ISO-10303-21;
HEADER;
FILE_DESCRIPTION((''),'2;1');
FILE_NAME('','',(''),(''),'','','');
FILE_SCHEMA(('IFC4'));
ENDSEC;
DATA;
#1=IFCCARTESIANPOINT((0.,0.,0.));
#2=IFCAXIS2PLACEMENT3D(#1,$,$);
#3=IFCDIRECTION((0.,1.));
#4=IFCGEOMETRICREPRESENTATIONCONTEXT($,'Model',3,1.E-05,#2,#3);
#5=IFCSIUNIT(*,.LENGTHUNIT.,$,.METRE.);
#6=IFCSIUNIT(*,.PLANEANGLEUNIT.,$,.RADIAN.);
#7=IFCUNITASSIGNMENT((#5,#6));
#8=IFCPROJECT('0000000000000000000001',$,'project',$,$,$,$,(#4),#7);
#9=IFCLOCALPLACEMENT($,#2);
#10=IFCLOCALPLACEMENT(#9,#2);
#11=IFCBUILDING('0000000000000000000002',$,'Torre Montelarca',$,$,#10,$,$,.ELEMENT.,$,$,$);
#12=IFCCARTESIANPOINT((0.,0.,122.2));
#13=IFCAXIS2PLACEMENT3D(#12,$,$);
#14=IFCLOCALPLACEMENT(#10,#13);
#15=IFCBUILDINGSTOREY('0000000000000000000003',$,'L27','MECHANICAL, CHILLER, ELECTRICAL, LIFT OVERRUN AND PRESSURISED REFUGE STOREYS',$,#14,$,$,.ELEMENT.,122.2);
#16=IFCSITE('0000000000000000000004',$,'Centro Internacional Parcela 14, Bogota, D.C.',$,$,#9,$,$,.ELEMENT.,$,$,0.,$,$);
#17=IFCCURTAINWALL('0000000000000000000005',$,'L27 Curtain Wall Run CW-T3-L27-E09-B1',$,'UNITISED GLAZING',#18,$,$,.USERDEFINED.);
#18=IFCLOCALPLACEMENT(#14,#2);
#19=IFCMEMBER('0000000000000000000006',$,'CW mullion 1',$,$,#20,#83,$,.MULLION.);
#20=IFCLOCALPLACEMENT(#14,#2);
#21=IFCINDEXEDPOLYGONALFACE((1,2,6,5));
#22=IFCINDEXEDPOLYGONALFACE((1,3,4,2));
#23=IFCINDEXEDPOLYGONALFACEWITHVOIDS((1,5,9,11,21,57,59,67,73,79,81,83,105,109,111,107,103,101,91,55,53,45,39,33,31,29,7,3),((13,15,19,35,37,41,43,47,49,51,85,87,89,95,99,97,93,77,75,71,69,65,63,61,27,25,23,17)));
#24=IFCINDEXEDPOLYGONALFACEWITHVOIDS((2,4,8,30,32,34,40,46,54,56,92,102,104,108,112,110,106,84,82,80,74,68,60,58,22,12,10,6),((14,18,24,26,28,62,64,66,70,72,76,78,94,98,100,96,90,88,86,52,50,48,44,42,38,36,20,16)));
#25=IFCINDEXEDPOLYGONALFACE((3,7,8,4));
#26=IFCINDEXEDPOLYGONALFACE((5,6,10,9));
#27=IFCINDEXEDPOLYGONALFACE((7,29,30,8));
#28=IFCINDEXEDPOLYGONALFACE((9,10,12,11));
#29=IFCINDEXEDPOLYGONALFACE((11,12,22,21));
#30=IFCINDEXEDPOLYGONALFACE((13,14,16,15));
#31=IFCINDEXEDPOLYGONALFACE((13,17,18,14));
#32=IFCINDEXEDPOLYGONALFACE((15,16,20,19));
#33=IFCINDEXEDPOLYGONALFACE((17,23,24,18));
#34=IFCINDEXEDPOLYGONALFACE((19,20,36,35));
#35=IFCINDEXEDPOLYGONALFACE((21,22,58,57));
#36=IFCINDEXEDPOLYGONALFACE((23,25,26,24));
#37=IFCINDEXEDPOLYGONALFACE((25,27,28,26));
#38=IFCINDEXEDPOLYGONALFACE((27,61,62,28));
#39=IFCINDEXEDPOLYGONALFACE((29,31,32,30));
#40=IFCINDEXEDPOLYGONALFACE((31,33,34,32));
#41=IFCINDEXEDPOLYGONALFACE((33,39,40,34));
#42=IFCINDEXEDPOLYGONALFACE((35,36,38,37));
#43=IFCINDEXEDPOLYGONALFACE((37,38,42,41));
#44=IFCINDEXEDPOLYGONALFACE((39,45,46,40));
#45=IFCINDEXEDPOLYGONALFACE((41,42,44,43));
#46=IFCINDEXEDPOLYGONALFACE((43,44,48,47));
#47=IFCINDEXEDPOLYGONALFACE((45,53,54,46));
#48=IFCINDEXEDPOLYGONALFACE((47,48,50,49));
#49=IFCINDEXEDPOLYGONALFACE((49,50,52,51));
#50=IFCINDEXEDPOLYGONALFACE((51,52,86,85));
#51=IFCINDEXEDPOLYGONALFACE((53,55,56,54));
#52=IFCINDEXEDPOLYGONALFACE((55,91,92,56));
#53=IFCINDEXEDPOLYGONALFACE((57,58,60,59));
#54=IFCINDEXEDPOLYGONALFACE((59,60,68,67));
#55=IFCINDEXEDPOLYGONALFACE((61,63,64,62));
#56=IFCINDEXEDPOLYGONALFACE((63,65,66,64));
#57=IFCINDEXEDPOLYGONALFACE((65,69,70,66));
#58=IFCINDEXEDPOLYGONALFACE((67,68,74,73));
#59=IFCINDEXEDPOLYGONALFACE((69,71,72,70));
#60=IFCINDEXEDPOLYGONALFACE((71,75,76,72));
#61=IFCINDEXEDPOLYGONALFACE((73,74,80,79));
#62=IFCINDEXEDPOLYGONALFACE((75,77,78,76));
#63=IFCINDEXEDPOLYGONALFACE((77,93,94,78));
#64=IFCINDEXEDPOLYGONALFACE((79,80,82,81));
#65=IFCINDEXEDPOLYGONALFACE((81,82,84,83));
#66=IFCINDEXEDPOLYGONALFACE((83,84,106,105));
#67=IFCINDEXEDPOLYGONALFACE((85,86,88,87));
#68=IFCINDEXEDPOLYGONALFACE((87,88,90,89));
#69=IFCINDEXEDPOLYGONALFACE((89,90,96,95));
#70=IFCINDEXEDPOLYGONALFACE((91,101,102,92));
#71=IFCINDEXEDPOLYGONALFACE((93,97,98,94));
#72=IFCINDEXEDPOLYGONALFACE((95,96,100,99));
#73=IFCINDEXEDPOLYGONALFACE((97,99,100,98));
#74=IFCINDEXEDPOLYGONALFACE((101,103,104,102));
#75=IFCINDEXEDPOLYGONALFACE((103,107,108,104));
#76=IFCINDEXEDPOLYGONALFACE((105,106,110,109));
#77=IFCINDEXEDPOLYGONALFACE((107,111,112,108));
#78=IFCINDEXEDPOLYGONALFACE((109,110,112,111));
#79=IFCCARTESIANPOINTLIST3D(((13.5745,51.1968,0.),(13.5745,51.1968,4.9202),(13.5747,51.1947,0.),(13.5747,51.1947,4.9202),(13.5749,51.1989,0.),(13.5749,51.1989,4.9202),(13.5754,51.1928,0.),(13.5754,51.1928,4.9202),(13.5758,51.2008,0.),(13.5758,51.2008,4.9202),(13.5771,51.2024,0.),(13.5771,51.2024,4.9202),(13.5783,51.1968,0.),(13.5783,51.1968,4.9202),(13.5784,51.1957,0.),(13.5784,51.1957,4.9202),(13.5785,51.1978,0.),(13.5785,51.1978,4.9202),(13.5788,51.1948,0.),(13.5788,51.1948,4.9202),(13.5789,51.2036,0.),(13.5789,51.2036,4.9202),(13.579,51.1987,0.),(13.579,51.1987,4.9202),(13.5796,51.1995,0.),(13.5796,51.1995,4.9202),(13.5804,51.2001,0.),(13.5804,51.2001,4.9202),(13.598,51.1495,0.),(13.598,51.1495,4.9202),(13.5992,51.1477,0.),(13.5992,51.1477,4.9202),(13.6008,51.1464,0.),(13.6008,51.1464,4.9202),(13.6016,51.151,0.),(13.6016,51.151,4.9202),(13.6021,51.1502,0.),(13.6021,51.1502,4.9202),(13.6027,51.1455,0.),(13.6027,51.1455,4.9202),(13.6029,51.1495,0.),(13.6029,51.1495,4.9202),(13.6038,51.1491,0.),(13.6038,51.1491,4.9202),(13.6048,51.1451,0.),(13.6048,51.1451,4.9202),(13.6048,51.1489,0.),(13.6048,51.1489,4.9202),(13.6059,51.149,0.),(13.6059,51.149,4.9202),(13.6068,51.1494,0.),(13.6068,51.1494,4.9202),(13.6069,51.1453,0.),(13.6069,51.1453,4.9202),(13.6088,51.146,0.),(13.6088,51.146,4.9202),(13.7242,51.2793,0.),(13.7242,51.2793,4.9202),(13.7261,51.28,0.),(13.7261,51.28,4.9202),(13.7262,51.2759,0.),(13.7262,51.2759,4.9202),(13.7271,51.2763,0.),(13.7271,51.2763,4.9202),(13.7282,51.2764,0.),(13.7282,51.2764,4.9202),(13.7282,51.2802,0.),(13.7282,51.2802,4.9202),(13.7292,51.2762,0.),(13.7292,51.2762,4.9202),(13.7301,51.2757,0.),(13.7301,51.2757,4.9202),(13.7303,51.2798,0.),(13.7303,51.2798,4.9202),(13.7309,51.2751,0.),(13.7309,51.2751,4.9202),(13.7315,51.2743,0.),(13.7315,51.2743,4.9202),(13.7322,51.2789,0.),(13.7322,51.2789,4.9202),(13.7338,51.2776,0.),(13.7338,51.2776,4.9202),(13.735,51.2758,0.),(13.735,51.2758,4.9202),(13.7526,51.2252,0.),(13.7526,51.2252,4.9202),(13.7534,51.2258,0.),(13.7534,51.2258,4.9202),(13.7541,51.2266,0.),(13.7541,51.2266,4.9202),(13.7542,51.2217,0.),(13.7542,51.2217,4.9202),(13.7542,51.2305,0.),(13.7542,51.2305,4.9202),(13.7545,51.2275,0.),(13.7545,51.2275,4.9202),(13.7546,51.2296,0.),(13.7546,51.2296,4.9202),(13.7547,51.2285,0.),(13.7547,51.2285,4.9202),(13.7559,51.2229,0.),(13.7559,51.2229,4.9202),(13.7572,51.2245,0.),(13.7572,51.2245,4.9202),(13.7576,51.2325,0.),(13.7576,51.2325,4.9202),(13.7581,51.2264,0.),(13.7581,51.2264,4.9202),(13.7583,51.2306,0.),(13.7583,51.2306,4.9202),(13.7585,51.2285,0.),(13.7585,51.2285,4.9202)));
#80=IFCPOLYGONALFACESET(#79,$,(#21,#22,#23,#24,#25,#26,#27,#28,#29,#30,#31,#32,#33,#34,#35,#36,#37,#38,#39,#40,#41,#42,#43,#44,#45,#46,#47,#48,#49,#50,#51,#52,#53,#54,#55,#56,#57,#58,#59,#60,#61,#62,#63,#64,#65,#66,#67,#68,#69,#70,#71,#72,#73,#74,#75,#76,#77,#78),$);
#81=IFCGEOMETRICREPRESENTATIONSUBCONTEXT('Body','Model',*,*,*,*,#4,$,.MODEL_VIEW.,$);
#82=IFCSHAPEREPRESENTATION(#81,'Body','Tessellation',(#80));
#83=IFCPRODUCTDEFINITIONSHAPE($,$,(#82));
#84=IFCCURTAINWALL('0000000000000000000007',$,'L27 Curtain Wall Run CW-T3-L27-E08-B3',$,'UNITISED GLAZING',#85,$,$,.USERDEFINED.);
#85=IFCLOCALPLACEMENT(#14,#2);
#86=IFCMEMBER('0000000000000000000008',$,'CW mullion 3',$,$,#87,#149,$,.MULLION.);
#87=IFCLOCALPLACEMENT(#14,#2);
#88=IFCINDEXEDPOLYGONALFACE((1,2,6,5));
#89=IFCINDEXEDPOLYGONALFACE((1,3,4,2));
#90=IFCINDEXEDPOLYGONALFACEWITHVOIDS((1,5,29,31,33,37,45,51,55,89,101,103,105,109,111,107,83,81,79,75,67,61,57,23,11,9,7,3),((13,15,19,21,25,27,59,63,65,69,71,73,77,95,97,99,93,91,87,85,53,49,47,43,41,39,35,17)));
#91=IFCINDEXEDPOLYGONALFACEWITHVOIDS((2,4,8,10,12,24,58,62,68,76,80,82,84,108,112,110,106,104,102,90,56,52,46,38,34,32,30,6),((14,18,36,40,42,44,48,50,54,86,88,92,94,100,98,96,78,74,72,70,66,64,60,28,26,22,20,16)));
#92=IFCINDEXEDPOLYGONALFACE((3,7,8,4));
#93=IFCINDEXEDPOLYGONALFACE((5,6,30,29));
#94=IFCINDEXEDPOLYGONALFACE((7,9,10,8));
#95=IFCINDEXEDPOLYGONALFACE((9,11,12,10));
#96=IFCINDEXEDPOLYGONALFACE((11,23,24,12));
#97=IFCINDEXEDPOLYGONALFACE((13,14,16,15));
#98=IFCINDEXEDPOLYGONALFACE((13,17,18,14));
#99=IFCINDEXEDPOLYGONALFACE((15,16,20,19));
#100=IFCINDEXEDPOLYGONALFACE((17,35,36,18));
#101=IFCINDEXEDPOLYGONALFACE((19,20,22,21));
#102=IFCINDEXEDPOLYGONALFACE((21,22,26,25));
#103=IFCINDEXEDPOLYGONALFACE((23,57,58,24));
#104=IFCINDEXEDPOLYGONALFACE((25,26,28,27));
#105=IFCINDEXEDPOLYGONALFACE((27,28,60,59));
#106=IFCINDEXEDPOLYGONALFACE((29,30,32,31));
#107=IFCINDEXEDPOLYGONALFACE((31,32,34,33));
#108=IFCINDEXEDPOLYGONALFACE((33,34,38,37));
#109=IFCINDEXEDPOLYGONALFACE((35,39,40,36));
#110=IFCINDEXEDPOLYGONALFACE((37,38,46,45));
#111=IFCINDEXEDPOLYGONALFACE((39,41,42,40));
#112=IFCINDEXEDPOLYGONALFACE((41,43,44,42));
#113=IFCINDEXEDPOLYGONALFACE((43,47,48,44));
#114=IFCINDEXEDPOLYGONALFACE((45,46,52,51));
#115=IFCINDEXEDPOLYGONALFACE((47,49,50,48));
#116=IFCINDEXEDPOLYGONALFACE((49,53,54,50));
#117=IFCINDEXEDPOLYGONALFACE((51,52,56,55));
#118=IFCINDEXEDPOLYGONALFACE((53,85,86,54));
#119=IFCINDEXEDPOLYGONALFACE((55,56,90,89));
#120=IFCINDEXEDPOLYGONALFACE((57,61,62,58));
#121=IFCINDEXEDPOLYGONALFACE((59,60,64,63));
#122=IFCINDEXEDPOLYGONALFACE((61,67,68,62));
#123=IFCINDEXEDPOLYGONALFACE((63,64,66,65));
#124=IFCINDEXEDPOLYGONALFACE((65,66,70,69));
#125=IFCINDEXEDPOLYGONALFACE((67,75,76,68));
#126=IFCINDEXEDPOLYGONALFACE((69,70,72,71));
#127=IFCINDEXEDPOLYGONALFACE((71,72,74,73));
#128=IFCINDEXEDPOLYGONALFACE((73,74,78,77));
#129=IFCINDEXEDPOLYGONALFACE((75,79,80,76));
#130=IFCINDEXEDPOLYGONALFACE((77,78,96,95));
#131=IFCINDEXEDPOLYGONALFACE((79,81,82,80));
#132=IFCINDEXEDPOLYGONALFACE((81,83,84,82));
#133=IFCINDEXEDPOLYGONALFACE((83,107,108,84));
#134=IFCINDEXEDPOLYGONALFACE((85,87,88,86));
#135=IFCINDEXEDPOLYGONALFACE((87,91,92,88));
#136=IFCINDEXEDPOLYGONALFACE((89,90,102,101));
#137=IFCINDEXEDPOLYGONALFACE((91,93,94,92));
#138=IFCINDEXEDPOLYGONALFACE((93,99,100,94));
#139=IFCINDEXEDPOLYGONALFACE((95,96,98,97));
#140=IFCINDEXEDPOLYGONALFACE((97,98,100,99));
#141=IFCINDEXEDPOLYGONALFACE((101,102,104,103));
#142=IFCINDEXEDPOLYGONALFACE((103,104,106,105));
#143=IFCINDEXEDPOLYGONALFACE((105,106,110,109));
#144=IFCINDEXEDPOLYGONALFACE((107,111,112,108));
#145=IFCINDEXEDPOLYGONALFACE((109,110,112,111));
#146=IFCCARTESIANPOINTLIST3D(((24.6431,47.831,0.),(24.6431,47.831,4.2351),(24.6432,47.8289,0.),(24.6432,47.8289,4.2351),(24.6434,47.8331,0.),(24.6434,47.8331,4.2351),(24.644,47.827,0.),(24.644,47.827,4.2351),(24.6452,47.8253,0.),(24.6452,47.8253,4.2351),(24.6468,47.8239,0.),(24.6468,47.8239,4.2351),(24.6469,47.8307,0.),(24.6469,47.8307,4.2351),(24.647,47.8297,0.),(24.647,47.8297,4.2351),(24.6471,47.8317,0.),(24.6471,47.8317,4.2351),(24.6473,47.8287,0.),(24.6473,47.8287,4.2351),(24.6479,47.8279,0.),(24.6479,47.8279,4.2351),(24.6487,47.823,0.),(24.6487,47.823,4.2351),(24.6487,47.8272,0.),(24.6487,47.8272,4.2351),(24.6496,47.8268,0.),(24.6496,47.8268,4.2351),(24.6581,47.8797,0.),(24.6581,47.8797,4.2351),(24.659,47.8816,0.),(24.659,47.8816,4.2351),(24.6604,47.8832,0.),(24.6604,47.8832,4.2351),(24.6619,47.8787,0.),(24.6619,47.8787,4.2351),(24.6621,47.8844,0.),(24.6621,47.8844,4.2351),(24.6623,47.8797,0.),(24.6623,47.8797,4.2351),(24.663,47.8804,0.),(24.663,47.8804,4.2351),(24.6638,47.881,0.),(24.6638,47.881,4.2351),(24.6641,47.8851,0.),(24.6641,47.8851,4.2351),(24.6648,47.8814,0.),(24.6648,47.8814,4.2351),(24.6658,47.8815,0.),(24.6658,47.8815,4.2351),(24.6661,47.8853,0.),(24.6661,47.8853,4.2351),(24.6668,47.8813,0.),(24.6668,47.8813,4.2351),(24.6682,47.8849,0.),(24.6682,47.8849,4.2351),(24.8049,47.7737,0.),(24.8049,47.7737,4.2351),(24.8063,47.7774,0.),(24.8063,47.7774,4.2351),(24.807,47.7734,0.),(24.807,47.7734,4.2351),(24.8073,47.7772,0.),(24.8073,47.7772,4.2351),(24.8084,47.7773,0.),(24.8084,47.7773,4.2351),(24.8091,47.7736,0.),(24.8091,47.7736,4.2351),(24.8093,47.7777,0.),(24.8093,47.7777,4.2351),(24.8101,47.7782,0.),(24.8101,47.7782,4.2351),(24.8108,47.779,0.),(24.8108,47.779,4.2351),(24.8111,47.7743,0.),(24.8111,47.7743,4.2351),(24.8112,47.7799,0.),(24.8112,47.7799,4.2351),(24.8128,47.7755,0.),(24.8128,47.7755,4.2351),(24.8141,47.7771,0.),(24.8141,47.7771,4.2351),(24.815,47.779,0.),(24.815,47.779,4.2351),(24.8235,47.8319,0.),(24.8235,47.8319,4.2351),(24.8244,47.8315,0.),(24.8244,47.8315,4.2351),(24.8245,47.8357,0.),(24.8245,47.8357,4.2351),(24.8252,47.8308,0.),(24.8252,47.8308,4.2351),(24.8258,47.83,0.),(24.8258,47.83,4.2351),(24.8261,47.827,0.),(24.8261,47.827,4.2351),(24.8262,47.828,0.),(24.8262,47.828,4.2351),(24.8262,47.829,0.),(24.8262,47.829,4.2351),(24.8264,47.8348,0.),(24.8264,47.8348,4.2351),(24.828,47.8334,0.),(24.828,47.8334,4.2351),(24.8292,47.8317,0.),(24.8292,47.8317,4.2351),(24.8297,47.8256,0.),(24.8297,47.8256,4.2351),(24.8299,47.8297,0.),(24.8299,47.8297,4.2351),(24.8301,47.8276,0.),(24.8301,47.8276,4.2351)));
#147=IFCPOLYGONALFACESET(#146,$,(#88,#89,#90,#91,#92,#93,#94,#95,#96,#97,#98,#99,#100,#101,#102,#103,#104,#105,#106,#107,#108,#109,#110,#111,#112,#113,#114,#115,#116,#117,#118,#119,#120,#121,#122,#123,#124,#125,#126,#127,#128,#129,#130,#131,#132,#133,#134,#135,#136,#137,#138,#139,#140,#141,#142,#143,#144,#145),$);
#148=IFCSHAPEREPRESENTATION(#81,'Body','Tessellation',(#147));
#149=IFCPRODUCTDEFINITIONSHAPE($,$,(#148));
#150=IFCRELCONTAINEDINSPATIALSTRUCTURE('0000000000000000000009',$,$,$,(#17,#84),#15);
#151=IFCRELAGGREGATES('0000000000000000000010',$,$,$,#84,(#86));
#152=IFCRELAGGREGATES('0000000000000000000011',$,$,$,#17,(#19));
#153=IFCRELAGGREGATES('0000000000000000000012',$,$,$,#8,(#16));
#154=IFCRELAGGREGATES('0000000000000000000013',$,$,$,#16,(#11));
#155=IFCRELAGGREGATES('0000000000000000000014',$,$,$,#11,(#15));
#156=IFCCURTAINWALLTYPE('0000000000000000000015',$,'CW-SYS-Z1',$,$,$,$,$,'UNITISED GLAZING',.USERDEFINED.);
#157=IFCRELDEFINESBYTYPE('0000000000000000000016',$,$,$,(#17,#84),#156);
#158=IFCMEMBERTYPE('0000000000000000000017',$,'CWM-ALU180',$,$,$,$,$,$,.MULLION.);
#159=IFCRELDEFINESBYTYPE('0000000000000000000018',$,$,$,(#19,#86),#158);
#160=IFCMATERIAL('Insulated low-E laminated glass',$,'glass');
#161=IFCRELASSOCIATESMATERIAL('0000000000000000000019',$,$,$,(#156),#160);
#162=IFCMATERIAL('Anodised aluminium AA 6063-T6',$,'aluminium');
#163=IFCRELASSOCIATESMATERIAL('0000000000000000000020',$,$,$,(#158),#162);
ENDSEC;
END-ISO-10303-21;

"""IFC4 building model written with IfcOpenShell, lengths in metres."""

from ifc_helpers import new_model, si_unit, direction, frame, origin, origin_2d, place, context, subcontext, project, spatial, hollow_rectangle, extrude, source, transform, mapped, material, material_profile, profile_set, type_object, element, aggregate, save


model = new_model("IFC4")

# Units and contexts
model_context = context("Model", 3, precision=1e-05, world=origin(), true_north=direction((0.0, 1.0)))
body_context = subcontext(model_context, "Body", "Model", "MODEL_VIEW")
ifc_project = project(units=[si_unit("LENGTHUNIT", "METRE"), si_unit("PLANEANGLEUNIT", "RADIAN")], contexts=[model_context])

# Site, building, storey
site_placement = place(None, origin())
site = spatial("IfcSite", under=ifc_project, at=site_placement, Name="Centro Internacional Parcela 14, Bogota, D.C.", CompositionType="ELEMENT", RefElevation=0.0)
building_placement = place(site_placement, origin())
building = spatial("IfcBuilding", under=site, at=building_placement, Name="Torre Montelarca", CompositionType="ELEMENT")
storey_placement = place(building_placement, frame((0.0, 0.0, 122.2)))
storey = spatial("IfcBuildingStorey", under=building, at=storey_placement, Name="L27", Description="MECHANICAL, CHILLER, ELECTRICAL, LIFT OVERRUN AND PRESSURISED REFUGE STOREYS", CompositionType="ELEMENT", Elevation=122.2)

# Curtain wall, member
ifc_material_1 = material(Name="Insulated low-E laminated glass", Category="glass")
curtain_wall_type = type_object("IfcCurtainWallType", Name="CW-SYS-Z1", ElementType="UNITISED GLAZING", PredefinedType="USERDEFINED", material=ifc_material_1)
curtain_wall_1_placement = place(storey_placement, origin())
curtain_wall_1 = element("IfcCurtainWall", 1, at=curtain_wall_1_placement, inside=storey, type_object=curtain_wall_type, Name="L27 Curtain Wall Run CW-T3-L27-E09-B1", ObjectType="UNITISED GLAZING", PredefinedType="USERDEFINED")
ifc_material_2 = material(Name="Anodised aluminium AA 6063-T6", Category="aluminium")
ifc_material_profile_1 = material_profile(ifc_material_2, hollow_rectangle(XDim=0.0649, YDim=0.1799, WallThickness=0.0039, InnerFilletRadius=0.0039, OuterFilletRadius=0.0081, at=origin_2d()), Name="ALU65X180X4", Category="aluminium")
ifc_profile_set_1 = profile_set([ifc_material_profile_1], Name="Anodised aluminium AA 6063-T6")
member_type_1 = type_object("IfcMemberType", Name="CWM-ALU180", PredefinedType="MULLION", material=ifc_profile_set_1)
shared_shape_1 = source(origin(), body_context, "Body", "SweptSolid", [
    extrude(hollow_rectangle(XDim=0.0649, YDim=0.1799, WallThickness=0.0039, InnerFilletRadius=0.0039, OuterFilletRadius=0.0081, at=origin_2d()), origin(), (0.0, 0.0, 1.0), 4.9202),
])
member_1_placement = place(storey_placement, frame((13.6665, 51.2126, 0.0), z_axis=(0.0, 0.0, 1.0), x_axis=(0.461729, -0.887021, 0.0)))
member_1 = element("IfcMember", 2, at=member_1_placement, type_object=member_type_1, Name="CW mullion 1", PredefinedType="MULLION", context=body_context, shape_type="MappedRepresentation", body=[
    mapped(shared_shape_1, transform((0.0, 0.0, 0.0), scale=1.0)),
])

# Curtain wall, member
curtain_wall_2_placement = place(storey_placement, origin())
curtain_wall_2 = element("IfcCurtainWall", 3, at=curtain_wall_2_placement, inside=storey, type_object=curtain_wall_type, Name="L27 Curtain Wall Run CW-T3-L27-E08-B3", ObjectType="UNITISED GLAZING", PredefinedType="USERDEFINED")
shared_shape_2 = source(origin(), body_context, "Body", "SweptSolid", [
    extrude(hollow_rectangle(XDim=0.0649, YDim=0.1799, WallThickness=0.0039, InnerFilletRadius=0.0039, OuterFilletRadius=0.0081, at=origin_2d()), origin(), (0.0, 0.0, 1.0), 4.2351),
])
member_2_placement = place(storey_placement, frame((24.7366, 47.8293, 0.0), z_axis=(0.0, 0.0, 1.0), x_axis=(-0.300716, -0.953714, 0.0)))
member_2 = element("IfcMember", 4, at=member_2_placement, type_object=member_type_1, Name="CW mullion 3", PredefinedType="MULLION", context=body_context, shape_type="MappedRepresentation", body=[
    mapped(shared_shape_2, transform((0.0, 0.0, 0.0), scale=1.0)),
])
aggregate(curtain_wall_2, [member_2])

aggregate(curtain_wall_1, [member_1])

save(model, "model.ifc")
